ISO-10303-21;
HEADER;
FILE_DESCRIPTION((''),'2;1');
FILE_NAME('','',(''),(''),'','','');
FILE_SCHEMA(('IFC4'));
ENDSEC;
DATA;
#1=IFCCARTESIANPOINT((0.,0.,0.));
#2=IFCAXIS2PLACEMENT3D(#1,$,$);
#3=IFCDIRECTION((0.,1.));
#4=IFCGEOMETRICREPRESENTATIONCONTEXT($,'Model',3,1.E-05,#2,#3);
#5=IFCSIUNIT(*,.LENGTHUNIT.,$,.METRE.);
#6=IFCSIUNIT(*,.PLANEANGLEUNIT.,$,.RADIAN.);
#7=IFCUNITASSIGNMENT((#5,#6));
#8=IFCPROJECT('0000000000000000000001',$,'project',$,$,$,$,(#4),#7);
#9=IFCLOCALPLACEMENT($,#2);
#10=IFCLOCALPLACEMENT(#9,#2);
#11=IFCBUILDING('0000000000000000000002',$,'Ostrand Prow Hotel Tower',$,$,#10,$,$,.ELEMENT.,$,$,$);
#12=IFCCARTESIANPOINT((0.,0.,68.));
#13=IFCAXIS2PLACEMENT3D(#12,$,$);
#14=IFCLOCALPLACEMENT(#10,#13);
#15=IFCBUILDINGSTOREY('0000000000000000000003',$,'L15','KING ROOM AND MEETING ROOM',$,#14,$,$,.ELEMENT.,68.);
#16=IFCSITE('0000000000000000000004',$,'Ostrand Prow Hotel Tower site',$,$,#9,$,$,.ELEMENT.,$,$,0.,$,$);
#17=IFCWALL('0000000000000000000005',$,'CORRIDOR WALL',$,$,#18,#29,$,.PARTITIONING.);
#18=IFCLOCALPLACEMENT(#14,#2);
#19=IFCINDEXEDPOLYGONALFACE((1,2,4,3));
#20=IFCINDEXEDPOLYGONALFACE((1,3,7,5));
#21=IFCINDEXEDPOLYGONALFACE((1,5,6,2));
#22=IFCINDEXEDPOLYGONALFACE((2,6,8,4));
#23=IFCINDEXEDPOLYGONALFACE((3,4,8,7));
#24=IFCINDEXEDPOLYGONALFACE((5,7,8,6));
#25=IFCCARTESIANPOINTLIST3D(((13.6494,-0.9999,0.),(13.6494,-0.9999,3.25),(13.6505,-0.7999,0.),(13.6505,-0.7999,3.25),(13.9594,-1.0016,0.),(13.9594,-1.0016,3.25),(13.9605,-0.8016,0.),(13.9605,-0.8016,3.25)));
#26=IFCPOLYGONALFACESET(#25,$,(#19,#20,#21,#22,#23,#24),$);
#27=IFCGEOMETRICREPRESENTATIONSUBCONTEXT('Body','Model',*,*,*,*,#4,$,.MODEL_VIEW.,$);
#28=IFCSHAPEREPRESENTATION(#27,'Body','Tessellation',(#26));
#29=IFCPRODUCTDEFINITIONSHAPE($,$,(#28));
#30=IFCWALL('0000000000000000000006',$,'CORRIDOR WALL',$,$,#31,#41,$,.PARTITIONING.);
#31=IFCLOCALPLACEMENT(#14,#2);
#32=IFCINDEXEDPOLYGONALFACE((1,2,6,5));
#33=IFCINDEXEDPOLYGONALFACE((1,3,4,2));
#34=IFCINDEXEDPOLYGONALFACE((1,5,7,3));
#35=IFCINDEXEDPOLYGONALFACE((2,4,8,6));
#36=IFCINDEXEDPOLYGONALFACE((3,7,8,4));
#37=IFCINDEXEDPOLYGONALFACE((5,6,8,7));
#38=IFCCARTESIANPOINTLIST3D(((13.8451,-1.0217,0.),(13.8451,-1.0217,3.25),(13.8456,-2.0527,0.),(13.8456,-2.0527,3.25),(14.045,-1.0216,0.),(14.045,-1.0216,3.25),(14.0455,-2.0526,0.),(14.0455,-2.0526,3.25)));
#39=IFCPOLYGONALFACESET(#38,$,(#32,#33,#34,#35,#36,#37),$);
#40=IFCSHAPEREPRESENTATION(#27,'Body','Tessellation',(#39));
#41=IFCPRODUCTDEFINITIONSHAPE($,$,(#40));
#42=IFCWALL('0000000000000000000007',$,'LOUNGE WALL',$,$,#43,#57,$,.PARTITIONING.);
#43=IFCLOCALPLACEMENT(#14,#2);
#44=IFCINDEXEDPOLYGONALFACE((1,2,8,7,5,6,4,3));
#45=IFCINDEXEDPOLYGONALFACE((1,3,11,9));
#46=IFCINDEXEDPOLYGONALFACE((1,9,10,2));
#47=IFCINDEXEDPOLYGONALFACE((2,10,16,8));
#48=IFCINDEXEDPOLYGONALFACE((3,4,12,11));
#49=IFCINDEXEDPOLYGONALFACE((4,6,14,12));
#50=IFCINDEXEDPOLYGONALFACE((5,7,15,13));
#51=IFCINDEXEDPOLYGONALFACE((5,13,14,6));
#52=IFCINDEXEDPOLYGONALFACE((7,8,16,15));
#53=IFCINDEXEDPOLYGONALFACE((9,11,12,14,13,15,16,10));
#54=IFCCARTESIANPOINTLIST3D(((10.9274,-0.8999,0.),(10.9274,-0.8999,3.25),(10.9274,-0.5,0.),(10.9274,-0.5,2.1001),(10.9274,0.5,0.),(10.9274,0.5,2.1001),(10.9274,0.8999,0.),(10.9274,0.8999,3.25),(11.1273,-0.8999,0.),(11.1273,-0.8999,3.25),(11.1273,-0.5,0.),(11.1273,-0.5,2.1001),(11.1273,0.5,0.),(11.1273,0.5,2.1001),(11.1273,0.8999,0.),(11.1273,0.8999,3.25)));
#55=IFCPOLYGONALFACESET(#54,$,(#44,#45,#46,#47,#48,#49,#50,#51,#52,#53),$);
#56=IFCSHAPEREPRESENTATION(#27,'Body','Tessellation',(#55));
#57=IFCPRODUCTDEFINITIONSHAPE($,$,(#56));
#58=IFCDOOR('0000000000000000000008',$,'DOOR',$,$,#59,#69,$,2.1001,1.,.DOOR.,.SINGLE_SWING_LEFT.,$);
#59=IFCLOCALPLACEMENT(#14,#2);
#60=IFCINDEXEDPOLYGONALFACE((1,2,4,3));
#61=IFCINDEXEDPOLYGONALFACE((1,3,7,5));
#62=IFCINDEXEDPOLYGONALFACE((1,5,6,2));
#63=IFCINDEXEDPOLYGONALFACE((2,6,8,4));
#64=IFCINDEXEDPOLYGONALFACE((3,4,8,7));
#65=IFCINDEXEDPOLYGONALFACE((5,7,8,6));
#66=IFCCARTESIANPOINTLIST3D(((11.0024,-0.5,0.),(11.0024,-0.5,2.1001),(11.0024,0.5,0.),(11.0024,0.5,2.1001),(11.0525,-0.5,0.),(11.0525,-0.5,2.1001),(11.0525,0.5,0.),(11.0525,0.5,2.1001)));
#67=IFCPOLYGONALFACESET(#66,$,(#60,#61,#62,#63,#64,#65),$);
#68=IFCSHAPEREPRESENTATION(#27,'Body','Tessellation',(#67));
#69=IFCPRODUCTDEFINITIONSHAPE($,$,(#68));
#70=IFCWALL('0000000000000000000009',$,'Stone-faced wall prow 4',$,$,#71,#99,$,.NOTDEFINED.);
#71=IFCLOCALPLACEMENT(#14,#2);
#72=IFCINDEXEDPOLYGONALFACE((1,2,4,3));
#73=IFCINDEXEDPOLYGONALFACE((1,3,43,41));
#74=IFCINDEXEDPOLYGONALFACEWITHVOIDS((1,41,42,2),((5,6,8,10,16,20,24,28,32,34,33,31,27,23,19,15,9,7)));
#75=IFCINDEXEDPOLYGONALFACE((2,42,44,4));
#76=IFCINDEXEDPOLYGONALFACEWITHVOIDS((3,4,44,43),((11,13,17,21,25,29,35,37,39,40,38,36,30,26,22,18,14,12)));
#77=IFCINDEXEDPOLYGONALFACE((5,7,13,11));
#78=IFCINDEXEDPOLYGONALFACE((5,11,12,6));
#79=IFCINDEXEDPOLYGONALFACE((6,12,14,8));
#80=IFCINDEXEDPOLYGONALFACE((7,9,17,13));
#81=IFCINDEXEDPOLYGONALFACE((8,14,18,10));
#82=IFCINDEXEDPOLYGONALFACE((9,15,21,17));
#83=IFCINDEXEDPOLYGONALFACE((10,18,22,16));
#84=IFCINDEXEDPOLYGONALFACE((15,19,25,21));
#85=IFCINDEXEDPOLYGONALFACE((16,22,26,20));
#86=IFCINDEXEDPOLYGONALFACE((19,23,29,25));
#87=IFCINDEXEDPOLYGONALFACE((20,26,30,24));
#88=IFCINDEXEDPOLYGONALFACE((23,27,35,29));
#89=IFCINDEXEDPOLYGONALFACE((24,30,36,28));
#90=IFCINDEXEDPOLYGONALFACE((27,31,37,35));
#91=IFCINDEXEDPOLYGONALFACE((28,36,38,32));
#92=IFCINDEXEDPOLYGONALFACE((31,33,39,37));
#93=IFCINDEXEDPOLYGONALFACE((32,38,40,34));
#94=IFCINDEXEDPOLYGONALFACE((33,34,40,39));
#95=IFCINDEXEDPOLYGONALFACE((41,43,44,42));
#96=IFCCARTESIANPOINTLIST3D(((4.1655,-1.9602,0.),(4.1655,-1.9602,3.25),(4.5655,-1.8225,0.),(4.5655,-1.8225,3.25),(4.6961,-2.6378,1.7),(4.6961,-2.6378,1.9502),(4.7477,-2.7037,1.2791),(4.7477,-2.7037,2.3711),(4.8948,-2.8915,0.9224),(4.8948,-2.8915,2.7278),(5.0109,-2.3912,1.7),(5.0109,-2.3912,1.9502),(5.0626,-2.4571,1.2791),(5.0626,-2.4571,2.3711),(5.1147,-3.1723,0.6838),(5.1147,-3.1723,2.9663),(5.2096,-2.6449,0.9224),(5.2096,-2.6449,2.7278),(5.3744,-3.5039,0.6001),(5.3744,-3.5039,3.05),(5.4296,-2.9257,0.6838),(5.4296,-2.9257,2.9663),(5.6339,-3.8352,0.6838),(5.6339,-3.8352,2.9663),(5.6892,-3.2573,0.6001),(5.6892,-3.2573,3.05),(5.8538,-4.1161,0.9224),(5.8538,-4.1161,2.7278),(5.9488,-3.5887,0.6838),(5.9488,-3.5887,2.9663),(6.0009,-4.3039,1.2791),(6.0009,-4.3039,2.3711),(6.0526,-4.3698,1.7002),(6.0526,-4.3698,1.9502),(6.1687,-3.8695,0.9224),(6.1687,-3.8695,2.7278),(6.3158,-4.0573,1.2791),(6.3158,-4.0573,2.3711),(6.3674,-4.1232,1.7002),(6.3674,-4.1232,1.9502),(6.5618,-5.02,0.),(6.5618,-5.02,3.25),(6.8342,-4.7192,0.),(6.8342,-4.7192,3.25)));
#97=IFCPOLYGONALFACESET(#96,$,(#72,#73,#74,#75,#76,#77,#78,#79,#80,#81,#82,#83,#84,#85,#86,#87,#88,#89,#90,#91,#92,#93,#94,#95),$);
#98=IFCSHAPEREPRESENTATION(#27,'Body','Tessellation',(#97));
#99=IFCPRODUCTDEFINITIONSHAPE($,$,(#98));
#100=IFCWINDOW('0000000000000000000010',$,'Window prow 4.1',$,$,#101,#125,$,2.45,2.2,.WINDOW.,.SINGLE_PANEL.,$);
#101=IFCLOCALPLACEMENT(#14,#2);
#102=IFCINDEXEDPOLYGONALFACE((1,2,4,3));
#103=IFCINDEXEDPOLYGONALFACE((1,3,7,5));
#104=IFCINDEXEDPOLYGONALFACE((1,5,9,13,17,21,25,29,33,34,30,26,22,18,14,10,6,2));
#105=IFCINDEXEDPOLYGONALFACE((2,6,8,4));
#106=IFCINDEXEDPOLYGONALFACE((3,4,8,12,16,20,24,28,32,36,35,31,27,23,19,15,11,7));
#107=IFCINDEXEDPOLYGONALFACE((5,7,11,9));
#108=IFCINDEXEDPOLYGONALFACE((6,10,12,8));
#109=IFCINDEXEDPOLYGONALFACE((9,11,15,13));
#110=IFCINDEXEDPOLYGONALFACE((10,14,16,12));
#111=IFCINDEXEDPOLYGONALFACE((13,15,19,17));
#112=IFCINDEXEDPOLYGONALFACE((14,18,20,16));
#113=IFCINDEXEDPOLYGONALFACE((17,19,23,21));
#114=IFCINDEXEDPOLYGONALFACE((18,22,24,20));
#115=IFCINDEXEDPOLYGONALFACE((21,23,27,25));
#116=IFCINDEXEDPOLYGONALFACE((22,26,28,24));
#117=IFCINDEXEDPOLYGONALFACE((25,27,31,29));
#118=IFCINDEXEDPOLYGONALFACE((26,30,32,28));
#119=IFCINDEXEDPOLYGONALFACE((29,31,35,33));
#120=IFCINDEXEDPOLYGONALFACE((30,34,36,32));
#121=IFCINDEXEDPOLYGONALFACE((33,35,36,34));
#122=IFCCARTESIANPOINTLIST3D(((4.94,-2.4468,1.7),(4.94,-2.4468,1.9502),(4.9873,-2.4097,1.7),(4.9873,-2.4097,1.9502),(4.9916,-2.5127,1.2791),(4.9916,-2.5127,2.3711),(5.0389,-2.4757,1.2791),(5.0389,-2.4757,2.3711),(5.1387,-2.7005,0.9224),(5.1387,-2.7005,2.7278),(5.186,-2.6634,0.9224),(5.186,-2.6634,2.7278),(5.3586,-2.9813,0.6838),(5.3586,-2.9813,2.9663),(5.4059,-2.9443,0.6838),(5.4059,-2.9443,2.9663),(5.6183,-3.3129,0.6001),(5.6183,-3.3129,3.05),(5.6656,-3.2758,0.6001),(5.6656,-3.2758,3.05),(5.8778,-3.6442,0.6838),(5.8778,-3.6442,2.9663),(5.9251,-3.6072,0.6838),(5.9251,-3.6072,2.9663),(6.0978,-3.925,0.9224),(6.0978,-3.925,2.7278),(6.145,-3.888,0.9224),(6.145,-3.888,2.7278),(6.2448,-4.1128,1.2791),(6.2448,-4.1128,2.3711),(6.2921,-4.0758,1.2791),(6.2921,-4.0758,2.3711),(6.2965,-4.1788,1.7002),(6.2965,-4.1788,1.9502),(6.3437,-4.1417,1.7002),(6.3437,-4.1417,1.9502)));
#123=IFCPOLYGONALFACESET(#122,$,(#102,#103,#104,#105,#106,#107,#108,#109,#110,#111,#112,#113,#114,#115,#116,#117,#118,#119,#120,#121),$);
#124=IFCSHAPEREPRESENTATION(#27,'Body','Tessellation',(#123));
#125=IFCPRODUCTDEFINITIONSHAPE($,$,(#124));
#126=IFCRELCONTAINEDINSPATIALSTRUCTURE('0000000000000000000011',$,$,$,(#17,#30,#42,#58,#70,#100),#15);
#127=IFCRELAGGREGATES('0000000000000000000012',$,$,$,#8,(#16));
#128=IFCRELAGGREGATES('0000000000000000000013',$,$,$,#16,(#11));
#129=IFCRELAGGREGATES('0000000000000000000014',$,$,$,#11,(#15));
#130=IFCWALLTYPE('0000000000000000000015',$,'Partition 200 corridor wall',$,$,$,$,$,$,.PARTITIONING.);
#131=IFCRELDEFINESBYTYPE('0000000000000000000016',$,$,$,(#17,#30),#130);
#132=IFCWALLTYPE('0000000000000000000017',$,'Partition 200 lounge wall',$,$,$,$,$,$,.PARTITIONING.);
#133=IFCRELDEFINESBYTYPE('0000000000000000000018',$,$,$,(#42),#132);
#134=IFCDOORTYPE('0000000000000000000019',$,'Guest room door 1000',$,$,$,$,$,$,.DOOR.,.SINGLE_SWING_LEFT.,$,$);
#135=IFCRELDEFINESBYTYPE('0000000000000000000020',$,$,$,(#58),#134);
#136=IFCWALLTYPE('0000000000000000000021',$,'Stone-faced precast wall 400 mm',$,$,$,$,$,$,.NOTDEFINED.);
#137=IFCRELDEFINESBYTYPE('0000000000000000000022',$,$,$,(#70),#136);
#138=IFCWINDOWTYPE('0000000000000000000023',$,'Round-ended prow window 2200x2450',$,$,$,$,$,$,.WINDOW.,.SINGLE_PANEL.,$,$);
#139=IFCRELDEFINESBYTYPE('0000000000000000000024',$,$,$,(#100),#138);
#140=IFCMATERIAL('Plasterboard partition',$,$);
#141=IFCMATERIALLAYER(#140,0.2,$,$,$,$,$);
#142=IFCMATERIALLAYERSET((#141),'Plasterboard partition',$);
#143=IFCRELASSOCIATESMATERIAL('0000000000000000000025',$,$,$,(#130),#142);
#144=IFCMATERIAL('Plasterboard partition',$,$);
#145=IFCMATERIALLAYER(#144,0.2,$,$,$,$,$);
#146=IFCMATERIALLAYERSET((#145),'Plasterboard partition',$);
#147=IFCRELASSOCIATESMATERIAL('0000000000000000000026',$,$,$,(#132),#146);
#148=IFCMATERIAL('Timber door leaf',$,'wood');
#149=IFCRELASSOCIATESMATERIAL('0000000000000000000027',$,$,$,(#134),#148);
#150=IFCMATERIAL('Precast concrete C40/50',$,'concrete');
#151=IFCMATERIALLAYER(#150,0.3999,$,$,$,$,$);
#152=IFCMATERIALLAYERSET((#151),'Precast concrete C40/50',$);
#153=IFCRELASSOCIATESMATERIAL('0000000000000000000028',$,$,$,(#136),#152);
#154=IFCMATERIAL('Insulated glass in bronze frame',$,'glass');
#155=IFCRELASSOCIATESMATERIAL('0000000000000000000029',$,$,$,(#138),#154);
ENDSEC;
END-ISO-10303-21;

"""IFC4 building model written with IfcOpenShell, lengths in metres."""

from ifc_helpers import new_model, si_unit, direction, frame, frame_2d, origin, place, context, subcontext, project, spatial, polyline, rectangle, outline, extrude, material, layer, layer_set, type_object, element, fill, save


model = new_model("IFC4")

# Units and contexts
model_context = context("Model", 3, precision=1e-05, world=origin(), true_north=direction((0.0, 1.0)))
body_context = subcontext(model_context, "Body", "Model", "MODEL_VIEW")
ifc_project = project(units=[si_unit("LENGTHUNIT", "METRE"), si_unit("PLANEANGLEUNIT", "RADIAN")], contexts=[model_context])

# Site, building, storey
site_placement = place(None, origin())
site = spatial("IfcSite", under=ifc_project, at=site_placement, Name="Ostrand Prow Hotel Tower site", CompositionType="ELEMENT", RefElevation=0.0)
building_placement = place(site_placement, origin())
building = spatial("IfcBuilding", under=site, at=building_placement, Name="Ostrand Prow Hotel Tower", CompositionType="ELEMENT")
storey_placement = place(building_placement, frame((0.0, 0.0, 68.0)))
storey = spatial("IfcBuildingStorey", under=building, at=storey_placement, Name="L15", Description="KING ROOM AND MEETING ROOM", CompositionType="ELEMENT", Elevation=68.0)

# Shared definitions
ifc_material_1 = material(Name="Plasterboard partition")
ifc_layer_1 = layer(ifc_material_1, 0.2)
ifc_layer_set_1 = layer_set([ifc_layer_1], Name="Plasterboard partition")
wall_type_1 = type_object("IfcWallType", Name="Partition 200 corridor wall", PredefinedType="PARTITIONING", material=ifc_layer_set_1)

# Walls
wall_1_placement = place(storey_placement, frame((13.6499, -0.8999, 0.0), z_axis=(0.0, 0.0, 1.0), x_axis=(0.999985, -0.005512, 0.0)))
element("IfcWall", 1, at=wall_1_placement, inside=storey, type_object=wall_type_1, Name="CORRIDOR WALL", PredefinedType="PARTITIONING", context=body_context, shape_type="SweptSolid", body=[
    extrude(rectangle(XDim=0.3101, YDim=0.2, at=frame_2d((0.155, 0.0))), origin(), (0.0, 0.0, 1.0), 3.25),
])
wall_2_placement = place(storey_placement, frame((13.9451, -1.0215, 0.0), z_axis=(0.0, 0.0, 1.0), x_axis=(0.000474, -1.0, 0.0)))
element("IfcWall", 2, at=wall_2_placement, inside=storey, type_object=wall_type_1, Name="CORRIDOR WALL", PredefinedType="PARTITIONING", context=body_context, shape_type="SweptSolid", body=[
    extrude(rectangle(XDim=1.031, YDim=0.2, at=frame_2d((0.5156, 0.0))), origin(), (0.0, 0.0, 1.0), 3.25),
])

# Wall, opening, door
ifc_material_2 = material(Name="Plasterboard partition")
ifc_layer_2 = layer(ifc_material_2, 0.2)
ifc_layer_set_2 = layer_set([ifc_layer_2], Name="Plasterboard partition")
wall_type_2 = type_object("IfcWallType", Name="Partition 200 lounge wall", PredefinedType="PARTITIONING", material=ifc_layer_set_2)
wall_3_placement = place(storey_placement, frame((11.0273, -0.8999, 0.0), z_axis=(0.0, 0.0, 1.0), x_axis=(0.0, 1.0, 0.0)))
wall_3 = element("IfcWall", 3, at=wall_3_placement, inside=storey, type_object=wall_type_2, Name="LOUNGE WALL", PredefinedType="PARTITIONING", context=body_context, shape_type="SweptSolid", body=[
    extrude(rectangle(XDim=1.7998, YDim=0.2, at=frame_2d((0.8999, 0.0))), origin(), (0.0, 0.0, 1.0), 3.25),
])
opening_1_placement = place(wall_3_placement, frame((0.3999, 0.0, 0.0)))
opening_1 = element("IfcOpeningElement", 4, at=opening_1_placement, cuts=wall_3, PredefinedType="OPENING", context=body_context, shape_type="SweptSolid", body=[
    extrude(rectangle(XDim=1.0, YDim=2.1001, at=frame_2d((0.5, 1.05))), frame((0.0, 0.1099, 0.0), z_axis=(0.0, -1.0, 0.0), x_axis=(1.0, 0.0, 0.0)), (0.0, 0.0, 1.0), 0.22),
])
ifc_material_3 = material(Name="Timber door leaf", Category="wood")
door_type_1 = type_object("IfcDoorType", Name="Guest room door 1000", OperationType="SINGLE_SWING_LEFT", PredefinedType="DOOR", material=ifc_material_3)
door_1_placement = place(opening_1_placement, origin())
door_1 = element("IfcDoor", 5, at=door_1_placement, inside=storey, type_object=door_type_1, Name="DOOR", OperationType="SINGLE_SWING_LEFT", OverallHeight=2.1001, OverallWidth=1.0, PredefinedType="DOOR", context=body_context, shape_type="SweptSolid", body=[
    extrude(rectangle(XDim=1.0, YDim=2.1001, at=frame_2d((0.5, 1.05))), frame((0.0, 0.0249, 0.0), z_axis=(0.0, -1.0, 0.0), x_axis=(1.0, 0.0, 0.0)), (0.0, 0.0, 1.0), 0.05),
])
fill(opening_1, door_1)

# Wall, opening, window
ifc_material_4 = material(Name="Precast concrete C40/50", Category="concrete")
ifc_layer_3 = layer(ifc_material_4, 0.3999)
ifc_layer_set_3 = layer_set([ifc_layer_3], Name="Precast concrete C40/50")
wall_type_3 = type_object("IfcWallType", Name="Stone-faced precast wall 400 mm", PredefinedType="NOTDEFINED", material=ifc_layer_set_3)
wall_4_placement = place(storey_placement, frame((4.3655, -1.8914, 0.0), z_axis=(0.0, 0.0, 1.0), x_axis=(0.616587, -0.787287, 0.0)))
wall_4 = element("IfcWall", 6, at=wall_4_placement, inside=storey, type_object=wall_type_3, Name="Stone-faced wall prow 4", PredefinedType="NOTDEFINED", context=body_context, shape_type="SweptSolid", body=[
    extrude(outline(polyline([(-0.0691, -0.2), (3.8174, -0.2), (3.7485, 0.2), (0.0691, 0.2), (-0.0691, -0.2)])), origin(), (0.0, 0.0, 1.0), 3.25),
])
opening_2_placement = place(wall_4_placement, frame((0.7915, 0.0, 0.6001)))
opening_2 = element("IfcOpeningElement", 7, at=opening_2_placement, cuts=wall_4, PredefinedType="OPENING", context=body_context, shape_type="SweptSolid", body=[
    extrude(outline(polyline([(0.0, 1.3501), (0.0837, 1.771), (0.3223, 2.1277), (0.679, 2.3662), (1.1001, 2.45), (1.521, 2.3662), (1.8777, 2.1277), (2.1162, 1.771), (2.2, 1.3501), (2.2, 1.1001), (2.1162, 0.679), (1.8777, 0.3223), (1.521, 0.0837), (1.1001, 0.0), (0.679, 0.0837), (0.3223, 0.3223), (0.0837, 0.679), (0.0, 1.0999), (0.0, 1.3501)])), frame((0.0, 0.21, 0.0), z_axis=(0.0, -1.0, 0.0), x_axis=(1.0, 0.0, 0.0)), (0.0, 0.0, 1.0), 0.4199),
])
ifc_material_5 = material(Name="Insulated glass in bronze frame", Category="glass")
window_type = type_object("IfcWindowType", Name="Round-ended prow window 2200x2450", PartitioningType="SINGLE_PANEL", PredefinedType="WINDOW", material=ifc_material_5)
window_1_placement = place(opening_2_placement, origin())
window_1 = element("IfcWindow", 8, at=window_1_placement, inside=storey, type_object=window_type, Name="Window prow 4.1", OverallHeight=2.45, OverallWidth=2.2, PartitioningType="SINGLE_PANEL", PredefinedType="WINDOW", context=body_context, shape_type="SweptSolid", body=[
    extrude(outline(polyline([(0.0, 1.3501), (0.0837, 1.771), (0.3223, 2.1277), (0.679, 2.3662), (1.1001, 2.45), (1.521, 2.3662), (1.8777, 2.1277), (2.1162, 1.771), (2.2, 1.3501), (2.2, 1.1001), (2.1162, 0.679), (1.8777, 0.3223), (1.521, 0.0837), (1.1001, 0.0), (0.679, 0.0837), (0.3223, 0.3223), (0.0837, 0.679), (0.0, 1.0999), (0.0, 1.3501)])), frame((0.0, 0.1699, 0.0), z_axis=(0.0, -1.0, 0.0), x_axis=(1.0, 0.0, 0.0)), (0.0, 0.0, 1.0), 0.0601),
])
fill(opening_2, window_1)

save(model, "model.ifc")
